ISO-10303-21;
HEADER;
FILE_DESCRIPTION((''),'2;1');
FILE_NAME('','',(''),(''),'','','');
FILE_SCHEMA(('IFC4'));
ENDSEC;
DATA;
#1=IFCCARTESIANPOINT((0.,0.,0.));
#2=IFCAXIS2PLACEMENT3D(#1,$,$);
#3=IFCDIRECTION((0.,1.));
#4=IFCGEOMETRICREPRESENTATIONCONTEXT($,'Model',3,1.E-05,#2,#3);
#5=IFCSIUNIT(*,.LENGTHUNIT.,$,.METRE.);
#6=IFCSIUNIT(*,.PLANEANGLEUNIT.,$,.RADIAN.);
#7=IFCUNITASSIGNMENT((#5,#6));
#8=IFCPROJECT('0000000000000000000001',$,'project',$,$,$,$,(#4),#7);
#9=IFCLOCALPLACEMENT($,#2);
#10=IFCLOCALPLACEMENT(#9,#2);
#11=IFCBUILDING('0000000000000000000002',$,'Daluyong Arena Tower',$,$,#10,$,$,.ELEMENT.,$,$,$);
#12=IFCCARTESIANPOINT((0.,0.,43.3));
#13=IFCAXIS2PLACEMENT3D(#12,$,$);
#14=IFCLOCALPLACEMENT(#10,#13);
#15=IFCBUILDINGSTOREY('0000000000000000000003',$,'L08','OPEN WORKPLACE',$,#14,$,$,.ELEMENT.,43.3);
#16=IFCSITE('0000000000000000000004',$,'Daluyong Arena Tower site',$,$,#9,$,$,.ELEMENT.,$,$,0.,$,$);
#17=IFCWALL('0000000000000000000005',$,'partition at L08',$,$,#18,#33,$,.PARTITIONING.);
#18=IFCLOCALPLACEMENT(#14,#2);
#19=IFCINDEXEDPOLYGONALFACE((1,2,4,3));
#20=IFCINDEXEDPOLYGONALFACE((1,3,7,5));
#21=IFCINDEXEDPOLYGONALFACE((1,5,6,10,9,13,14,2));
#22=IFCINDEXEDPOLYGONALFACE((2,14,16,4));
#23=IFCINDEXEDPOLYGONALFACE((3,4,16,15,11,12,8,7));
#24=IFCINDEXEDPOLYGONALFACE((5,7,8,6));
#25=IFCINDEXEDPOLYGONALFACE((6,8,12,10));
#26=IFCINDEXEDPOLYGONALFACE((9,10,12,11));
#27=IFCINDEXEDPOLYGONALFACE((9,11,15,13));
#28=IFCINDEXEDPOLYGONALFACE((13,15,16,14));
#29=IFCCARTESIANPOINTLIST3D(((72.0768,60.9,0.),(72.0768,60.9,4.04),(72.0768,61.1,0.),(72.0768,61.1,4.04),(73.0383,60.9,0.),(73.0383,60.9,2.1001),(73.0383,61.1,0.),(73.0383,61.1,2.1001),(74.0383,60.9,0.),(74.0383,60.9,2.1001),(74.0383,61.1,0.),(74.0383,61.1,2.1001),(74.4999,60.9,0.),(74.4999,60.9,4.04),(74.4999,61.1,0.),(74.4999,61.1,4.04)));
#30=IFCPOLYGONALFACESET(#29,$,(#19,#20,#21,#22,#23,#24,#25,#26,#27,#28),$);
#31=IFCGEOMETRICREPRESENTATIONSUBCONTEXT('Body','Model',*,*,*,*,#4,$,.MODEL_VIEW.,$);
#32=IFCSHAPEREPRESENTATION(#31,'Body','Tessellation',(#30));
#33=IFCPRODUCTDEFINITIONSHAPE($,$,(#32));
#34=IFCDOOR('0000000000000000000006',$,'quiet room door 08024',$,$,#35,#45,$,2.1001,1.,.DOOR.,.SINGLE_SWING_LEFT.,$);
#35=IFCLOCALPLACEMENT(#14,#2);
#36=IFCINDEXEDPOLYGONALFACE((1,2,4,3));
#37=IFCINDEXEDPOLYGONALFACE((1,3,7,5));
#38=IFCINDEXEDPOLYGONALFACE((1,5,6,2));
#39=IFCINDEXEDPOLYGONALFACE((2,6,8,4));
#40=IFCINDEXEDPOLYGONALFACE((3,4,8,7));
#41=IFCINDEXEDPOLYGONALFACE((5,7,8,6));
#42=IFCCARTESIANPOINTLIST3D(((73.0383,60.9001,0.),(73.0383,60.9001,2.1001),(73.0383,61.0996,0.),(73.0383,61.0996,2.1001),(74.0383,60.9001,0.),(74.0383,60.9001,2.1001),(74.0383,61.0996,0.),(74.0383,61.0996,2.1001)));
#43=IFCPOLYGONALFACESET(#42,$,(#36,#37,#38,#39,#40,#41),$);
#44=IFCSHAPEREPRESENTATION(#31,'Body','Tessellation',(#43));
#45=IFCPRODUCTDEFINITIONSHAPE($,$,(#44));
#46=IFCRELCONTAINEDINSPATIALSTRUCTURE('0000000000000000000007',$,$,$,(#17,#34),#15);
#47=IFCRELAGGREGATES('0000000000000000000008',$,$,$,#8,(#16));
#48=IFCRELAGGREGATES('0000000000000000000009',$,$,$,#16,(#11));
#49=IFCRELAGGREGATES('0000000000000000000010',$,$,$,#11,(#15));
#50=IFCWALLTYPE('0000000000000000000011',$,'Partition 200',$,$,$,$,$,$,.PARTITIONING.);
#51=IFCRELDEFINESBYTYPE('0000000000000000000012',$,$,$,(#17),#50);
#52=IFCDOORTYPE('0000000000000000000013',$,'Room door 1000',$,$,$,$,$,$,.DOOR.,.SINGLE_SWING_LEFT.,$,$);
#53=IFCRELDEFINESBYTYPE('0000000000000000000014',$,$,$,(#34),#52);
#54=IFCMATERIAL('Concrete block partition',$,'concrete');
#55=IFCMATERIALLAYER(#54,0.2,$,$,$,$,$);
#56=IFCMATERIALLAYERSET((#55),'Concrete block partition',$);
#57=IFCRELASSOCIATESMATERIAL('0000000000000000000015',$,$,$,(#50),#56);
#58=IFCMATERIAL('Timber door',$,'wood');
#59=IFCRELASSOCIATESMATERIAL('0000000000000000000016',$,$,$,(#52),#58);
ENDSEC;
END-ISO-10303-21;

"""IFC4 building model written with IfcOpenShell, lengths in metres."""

from ifc_helpers import new_model, si_unit, direction, frame, frame_2d, origin, place, context, subcontext, project, spatial, rectangle, extrude, material, layer, layer_set, type_object, element, fill, save


model = new_model("IFC4")

# Units and contexts
model_context = context("Model", 3, precision=1e-05, world=origin(), true_north=direction((0.0, 1.0)))
body_context = subcontext(model_context, "Body", "Model", "MODEL_VIEW")
ifc_project = project(units=[si_unit("LENGTHUNIT", "METRE"), si_unit("PLANEANGLEUNIT", "RADIAN")], contexts=[model_context])

# Site, building, storey
site_placement = place(None, origin())
site = spatial("IfcSite", under=ifc_project, at=site_placement, Name="Daluyong Arena Tower site", CompositionType="ELEMENT", RefElevation=0.0)
building_placement = place(site_placement, origin())
building = spatial("IfcBuilding", under=site, at=building_placement, Name="Daluyong Arena Tower", CompositionType="ELEMENT")
storey_placement = place(building_placement, frame((0.0, 0.0, 43.3)))
storey = spatial("IfcBuildingStorey", under=building, at=storey_placement, Name="L08", Description="OPEN WORKPLACE", CompositionType="ELEMENT", Elevation=43.3)

# Shared definitions
ifc_material_1 = material(Name="Concrete block partition", Category="concrete")
ifc_layer_1 = layer(ifc_material_1, 0.2)
ifc_layer_set_1 = layer_set([ifc_layer_1], Name="Concrete block partition")
wall_type_1 = type_object("IfcWallType", Name="Partition 200", PredefinedType="PARTITIONING", material=ifc_layer_set_1)

# Wall, opening, door
wall_1_placement = place(storey_placement, frame((72.0769, 61.0, 0.0), z_axis=(0.0, 0.0, 1.0), x_axis=(1.0, 0.0, 0.0)))
wall_1 = element("IfcWall", 1, at=wall_1_placement, inside=storey, type_object=wall_type_1, Name="partition at L08", PredefinedType="PARTITIONING", context=body_context, shape_type="SweptSolid", body=[
    extrude(rectangle(XDim=2.4231, YDim=0.2, at=frame_2d((1.2114, 0.0))), origin(), (0.0, 0.0, 1.0), 4.04),
])
opening_1_placement = place(wall_1_placement, frame((0.9614, 0.0, 0.0)))
opening_1 = element("IfcOpeningElement", 2, at=opening_1_placement, cuts=wall_1, PredefinedType="OPENING", context=body_context, shape_type="SweptSolid", body=[
    extrude(rectangle(XDim=1.0, YDim=2.1001, at=frame_2d((0.5, 1.05))), frame((0.0, 0.1099, 0.0), z_axis=(0.0, -1.0, 0.0), x_axis=(1.0, 0.0, 0.0)), (0.0, 0.0, 1.0), 0.22),
])
ifc_material_2 = material(Name="Timber door", Category="wood")
door_type_1 = type_object("IfcDoorType", Name="Room door 1000", OperationType="SINGLE_SWING_LEFT", PredefinedType="DOOR", material=ifc_material_2)
door_1_placement = place(opening_1_placement, origin())
door_1 = element("IfcDoor", 3, at=door_1_placement, inside=storey, type_object=door_type_1, Name="quiet room door 08024", OperationType="SINGLE_SWING_LEFT", OverallHeight=2.1001, OverallWidth=1.0, PredefinedType="DOOR", context=body_context, shape_type="SweptSolid", body=[
    extrude(rectangle(XDim=1.0, YDim=2.1001, at=frame_2d((0.5, 1.05))), frame((0.0, 0.0996, 0.0), z_axis=(0.0, -1.0, 0.0), x_axis=(1.0, 0.0, 0.0)), (0.0, 0.0, 1.0), 0.1995),
])
fill(opening_1, door_1)

save(model, "model.ifc")
